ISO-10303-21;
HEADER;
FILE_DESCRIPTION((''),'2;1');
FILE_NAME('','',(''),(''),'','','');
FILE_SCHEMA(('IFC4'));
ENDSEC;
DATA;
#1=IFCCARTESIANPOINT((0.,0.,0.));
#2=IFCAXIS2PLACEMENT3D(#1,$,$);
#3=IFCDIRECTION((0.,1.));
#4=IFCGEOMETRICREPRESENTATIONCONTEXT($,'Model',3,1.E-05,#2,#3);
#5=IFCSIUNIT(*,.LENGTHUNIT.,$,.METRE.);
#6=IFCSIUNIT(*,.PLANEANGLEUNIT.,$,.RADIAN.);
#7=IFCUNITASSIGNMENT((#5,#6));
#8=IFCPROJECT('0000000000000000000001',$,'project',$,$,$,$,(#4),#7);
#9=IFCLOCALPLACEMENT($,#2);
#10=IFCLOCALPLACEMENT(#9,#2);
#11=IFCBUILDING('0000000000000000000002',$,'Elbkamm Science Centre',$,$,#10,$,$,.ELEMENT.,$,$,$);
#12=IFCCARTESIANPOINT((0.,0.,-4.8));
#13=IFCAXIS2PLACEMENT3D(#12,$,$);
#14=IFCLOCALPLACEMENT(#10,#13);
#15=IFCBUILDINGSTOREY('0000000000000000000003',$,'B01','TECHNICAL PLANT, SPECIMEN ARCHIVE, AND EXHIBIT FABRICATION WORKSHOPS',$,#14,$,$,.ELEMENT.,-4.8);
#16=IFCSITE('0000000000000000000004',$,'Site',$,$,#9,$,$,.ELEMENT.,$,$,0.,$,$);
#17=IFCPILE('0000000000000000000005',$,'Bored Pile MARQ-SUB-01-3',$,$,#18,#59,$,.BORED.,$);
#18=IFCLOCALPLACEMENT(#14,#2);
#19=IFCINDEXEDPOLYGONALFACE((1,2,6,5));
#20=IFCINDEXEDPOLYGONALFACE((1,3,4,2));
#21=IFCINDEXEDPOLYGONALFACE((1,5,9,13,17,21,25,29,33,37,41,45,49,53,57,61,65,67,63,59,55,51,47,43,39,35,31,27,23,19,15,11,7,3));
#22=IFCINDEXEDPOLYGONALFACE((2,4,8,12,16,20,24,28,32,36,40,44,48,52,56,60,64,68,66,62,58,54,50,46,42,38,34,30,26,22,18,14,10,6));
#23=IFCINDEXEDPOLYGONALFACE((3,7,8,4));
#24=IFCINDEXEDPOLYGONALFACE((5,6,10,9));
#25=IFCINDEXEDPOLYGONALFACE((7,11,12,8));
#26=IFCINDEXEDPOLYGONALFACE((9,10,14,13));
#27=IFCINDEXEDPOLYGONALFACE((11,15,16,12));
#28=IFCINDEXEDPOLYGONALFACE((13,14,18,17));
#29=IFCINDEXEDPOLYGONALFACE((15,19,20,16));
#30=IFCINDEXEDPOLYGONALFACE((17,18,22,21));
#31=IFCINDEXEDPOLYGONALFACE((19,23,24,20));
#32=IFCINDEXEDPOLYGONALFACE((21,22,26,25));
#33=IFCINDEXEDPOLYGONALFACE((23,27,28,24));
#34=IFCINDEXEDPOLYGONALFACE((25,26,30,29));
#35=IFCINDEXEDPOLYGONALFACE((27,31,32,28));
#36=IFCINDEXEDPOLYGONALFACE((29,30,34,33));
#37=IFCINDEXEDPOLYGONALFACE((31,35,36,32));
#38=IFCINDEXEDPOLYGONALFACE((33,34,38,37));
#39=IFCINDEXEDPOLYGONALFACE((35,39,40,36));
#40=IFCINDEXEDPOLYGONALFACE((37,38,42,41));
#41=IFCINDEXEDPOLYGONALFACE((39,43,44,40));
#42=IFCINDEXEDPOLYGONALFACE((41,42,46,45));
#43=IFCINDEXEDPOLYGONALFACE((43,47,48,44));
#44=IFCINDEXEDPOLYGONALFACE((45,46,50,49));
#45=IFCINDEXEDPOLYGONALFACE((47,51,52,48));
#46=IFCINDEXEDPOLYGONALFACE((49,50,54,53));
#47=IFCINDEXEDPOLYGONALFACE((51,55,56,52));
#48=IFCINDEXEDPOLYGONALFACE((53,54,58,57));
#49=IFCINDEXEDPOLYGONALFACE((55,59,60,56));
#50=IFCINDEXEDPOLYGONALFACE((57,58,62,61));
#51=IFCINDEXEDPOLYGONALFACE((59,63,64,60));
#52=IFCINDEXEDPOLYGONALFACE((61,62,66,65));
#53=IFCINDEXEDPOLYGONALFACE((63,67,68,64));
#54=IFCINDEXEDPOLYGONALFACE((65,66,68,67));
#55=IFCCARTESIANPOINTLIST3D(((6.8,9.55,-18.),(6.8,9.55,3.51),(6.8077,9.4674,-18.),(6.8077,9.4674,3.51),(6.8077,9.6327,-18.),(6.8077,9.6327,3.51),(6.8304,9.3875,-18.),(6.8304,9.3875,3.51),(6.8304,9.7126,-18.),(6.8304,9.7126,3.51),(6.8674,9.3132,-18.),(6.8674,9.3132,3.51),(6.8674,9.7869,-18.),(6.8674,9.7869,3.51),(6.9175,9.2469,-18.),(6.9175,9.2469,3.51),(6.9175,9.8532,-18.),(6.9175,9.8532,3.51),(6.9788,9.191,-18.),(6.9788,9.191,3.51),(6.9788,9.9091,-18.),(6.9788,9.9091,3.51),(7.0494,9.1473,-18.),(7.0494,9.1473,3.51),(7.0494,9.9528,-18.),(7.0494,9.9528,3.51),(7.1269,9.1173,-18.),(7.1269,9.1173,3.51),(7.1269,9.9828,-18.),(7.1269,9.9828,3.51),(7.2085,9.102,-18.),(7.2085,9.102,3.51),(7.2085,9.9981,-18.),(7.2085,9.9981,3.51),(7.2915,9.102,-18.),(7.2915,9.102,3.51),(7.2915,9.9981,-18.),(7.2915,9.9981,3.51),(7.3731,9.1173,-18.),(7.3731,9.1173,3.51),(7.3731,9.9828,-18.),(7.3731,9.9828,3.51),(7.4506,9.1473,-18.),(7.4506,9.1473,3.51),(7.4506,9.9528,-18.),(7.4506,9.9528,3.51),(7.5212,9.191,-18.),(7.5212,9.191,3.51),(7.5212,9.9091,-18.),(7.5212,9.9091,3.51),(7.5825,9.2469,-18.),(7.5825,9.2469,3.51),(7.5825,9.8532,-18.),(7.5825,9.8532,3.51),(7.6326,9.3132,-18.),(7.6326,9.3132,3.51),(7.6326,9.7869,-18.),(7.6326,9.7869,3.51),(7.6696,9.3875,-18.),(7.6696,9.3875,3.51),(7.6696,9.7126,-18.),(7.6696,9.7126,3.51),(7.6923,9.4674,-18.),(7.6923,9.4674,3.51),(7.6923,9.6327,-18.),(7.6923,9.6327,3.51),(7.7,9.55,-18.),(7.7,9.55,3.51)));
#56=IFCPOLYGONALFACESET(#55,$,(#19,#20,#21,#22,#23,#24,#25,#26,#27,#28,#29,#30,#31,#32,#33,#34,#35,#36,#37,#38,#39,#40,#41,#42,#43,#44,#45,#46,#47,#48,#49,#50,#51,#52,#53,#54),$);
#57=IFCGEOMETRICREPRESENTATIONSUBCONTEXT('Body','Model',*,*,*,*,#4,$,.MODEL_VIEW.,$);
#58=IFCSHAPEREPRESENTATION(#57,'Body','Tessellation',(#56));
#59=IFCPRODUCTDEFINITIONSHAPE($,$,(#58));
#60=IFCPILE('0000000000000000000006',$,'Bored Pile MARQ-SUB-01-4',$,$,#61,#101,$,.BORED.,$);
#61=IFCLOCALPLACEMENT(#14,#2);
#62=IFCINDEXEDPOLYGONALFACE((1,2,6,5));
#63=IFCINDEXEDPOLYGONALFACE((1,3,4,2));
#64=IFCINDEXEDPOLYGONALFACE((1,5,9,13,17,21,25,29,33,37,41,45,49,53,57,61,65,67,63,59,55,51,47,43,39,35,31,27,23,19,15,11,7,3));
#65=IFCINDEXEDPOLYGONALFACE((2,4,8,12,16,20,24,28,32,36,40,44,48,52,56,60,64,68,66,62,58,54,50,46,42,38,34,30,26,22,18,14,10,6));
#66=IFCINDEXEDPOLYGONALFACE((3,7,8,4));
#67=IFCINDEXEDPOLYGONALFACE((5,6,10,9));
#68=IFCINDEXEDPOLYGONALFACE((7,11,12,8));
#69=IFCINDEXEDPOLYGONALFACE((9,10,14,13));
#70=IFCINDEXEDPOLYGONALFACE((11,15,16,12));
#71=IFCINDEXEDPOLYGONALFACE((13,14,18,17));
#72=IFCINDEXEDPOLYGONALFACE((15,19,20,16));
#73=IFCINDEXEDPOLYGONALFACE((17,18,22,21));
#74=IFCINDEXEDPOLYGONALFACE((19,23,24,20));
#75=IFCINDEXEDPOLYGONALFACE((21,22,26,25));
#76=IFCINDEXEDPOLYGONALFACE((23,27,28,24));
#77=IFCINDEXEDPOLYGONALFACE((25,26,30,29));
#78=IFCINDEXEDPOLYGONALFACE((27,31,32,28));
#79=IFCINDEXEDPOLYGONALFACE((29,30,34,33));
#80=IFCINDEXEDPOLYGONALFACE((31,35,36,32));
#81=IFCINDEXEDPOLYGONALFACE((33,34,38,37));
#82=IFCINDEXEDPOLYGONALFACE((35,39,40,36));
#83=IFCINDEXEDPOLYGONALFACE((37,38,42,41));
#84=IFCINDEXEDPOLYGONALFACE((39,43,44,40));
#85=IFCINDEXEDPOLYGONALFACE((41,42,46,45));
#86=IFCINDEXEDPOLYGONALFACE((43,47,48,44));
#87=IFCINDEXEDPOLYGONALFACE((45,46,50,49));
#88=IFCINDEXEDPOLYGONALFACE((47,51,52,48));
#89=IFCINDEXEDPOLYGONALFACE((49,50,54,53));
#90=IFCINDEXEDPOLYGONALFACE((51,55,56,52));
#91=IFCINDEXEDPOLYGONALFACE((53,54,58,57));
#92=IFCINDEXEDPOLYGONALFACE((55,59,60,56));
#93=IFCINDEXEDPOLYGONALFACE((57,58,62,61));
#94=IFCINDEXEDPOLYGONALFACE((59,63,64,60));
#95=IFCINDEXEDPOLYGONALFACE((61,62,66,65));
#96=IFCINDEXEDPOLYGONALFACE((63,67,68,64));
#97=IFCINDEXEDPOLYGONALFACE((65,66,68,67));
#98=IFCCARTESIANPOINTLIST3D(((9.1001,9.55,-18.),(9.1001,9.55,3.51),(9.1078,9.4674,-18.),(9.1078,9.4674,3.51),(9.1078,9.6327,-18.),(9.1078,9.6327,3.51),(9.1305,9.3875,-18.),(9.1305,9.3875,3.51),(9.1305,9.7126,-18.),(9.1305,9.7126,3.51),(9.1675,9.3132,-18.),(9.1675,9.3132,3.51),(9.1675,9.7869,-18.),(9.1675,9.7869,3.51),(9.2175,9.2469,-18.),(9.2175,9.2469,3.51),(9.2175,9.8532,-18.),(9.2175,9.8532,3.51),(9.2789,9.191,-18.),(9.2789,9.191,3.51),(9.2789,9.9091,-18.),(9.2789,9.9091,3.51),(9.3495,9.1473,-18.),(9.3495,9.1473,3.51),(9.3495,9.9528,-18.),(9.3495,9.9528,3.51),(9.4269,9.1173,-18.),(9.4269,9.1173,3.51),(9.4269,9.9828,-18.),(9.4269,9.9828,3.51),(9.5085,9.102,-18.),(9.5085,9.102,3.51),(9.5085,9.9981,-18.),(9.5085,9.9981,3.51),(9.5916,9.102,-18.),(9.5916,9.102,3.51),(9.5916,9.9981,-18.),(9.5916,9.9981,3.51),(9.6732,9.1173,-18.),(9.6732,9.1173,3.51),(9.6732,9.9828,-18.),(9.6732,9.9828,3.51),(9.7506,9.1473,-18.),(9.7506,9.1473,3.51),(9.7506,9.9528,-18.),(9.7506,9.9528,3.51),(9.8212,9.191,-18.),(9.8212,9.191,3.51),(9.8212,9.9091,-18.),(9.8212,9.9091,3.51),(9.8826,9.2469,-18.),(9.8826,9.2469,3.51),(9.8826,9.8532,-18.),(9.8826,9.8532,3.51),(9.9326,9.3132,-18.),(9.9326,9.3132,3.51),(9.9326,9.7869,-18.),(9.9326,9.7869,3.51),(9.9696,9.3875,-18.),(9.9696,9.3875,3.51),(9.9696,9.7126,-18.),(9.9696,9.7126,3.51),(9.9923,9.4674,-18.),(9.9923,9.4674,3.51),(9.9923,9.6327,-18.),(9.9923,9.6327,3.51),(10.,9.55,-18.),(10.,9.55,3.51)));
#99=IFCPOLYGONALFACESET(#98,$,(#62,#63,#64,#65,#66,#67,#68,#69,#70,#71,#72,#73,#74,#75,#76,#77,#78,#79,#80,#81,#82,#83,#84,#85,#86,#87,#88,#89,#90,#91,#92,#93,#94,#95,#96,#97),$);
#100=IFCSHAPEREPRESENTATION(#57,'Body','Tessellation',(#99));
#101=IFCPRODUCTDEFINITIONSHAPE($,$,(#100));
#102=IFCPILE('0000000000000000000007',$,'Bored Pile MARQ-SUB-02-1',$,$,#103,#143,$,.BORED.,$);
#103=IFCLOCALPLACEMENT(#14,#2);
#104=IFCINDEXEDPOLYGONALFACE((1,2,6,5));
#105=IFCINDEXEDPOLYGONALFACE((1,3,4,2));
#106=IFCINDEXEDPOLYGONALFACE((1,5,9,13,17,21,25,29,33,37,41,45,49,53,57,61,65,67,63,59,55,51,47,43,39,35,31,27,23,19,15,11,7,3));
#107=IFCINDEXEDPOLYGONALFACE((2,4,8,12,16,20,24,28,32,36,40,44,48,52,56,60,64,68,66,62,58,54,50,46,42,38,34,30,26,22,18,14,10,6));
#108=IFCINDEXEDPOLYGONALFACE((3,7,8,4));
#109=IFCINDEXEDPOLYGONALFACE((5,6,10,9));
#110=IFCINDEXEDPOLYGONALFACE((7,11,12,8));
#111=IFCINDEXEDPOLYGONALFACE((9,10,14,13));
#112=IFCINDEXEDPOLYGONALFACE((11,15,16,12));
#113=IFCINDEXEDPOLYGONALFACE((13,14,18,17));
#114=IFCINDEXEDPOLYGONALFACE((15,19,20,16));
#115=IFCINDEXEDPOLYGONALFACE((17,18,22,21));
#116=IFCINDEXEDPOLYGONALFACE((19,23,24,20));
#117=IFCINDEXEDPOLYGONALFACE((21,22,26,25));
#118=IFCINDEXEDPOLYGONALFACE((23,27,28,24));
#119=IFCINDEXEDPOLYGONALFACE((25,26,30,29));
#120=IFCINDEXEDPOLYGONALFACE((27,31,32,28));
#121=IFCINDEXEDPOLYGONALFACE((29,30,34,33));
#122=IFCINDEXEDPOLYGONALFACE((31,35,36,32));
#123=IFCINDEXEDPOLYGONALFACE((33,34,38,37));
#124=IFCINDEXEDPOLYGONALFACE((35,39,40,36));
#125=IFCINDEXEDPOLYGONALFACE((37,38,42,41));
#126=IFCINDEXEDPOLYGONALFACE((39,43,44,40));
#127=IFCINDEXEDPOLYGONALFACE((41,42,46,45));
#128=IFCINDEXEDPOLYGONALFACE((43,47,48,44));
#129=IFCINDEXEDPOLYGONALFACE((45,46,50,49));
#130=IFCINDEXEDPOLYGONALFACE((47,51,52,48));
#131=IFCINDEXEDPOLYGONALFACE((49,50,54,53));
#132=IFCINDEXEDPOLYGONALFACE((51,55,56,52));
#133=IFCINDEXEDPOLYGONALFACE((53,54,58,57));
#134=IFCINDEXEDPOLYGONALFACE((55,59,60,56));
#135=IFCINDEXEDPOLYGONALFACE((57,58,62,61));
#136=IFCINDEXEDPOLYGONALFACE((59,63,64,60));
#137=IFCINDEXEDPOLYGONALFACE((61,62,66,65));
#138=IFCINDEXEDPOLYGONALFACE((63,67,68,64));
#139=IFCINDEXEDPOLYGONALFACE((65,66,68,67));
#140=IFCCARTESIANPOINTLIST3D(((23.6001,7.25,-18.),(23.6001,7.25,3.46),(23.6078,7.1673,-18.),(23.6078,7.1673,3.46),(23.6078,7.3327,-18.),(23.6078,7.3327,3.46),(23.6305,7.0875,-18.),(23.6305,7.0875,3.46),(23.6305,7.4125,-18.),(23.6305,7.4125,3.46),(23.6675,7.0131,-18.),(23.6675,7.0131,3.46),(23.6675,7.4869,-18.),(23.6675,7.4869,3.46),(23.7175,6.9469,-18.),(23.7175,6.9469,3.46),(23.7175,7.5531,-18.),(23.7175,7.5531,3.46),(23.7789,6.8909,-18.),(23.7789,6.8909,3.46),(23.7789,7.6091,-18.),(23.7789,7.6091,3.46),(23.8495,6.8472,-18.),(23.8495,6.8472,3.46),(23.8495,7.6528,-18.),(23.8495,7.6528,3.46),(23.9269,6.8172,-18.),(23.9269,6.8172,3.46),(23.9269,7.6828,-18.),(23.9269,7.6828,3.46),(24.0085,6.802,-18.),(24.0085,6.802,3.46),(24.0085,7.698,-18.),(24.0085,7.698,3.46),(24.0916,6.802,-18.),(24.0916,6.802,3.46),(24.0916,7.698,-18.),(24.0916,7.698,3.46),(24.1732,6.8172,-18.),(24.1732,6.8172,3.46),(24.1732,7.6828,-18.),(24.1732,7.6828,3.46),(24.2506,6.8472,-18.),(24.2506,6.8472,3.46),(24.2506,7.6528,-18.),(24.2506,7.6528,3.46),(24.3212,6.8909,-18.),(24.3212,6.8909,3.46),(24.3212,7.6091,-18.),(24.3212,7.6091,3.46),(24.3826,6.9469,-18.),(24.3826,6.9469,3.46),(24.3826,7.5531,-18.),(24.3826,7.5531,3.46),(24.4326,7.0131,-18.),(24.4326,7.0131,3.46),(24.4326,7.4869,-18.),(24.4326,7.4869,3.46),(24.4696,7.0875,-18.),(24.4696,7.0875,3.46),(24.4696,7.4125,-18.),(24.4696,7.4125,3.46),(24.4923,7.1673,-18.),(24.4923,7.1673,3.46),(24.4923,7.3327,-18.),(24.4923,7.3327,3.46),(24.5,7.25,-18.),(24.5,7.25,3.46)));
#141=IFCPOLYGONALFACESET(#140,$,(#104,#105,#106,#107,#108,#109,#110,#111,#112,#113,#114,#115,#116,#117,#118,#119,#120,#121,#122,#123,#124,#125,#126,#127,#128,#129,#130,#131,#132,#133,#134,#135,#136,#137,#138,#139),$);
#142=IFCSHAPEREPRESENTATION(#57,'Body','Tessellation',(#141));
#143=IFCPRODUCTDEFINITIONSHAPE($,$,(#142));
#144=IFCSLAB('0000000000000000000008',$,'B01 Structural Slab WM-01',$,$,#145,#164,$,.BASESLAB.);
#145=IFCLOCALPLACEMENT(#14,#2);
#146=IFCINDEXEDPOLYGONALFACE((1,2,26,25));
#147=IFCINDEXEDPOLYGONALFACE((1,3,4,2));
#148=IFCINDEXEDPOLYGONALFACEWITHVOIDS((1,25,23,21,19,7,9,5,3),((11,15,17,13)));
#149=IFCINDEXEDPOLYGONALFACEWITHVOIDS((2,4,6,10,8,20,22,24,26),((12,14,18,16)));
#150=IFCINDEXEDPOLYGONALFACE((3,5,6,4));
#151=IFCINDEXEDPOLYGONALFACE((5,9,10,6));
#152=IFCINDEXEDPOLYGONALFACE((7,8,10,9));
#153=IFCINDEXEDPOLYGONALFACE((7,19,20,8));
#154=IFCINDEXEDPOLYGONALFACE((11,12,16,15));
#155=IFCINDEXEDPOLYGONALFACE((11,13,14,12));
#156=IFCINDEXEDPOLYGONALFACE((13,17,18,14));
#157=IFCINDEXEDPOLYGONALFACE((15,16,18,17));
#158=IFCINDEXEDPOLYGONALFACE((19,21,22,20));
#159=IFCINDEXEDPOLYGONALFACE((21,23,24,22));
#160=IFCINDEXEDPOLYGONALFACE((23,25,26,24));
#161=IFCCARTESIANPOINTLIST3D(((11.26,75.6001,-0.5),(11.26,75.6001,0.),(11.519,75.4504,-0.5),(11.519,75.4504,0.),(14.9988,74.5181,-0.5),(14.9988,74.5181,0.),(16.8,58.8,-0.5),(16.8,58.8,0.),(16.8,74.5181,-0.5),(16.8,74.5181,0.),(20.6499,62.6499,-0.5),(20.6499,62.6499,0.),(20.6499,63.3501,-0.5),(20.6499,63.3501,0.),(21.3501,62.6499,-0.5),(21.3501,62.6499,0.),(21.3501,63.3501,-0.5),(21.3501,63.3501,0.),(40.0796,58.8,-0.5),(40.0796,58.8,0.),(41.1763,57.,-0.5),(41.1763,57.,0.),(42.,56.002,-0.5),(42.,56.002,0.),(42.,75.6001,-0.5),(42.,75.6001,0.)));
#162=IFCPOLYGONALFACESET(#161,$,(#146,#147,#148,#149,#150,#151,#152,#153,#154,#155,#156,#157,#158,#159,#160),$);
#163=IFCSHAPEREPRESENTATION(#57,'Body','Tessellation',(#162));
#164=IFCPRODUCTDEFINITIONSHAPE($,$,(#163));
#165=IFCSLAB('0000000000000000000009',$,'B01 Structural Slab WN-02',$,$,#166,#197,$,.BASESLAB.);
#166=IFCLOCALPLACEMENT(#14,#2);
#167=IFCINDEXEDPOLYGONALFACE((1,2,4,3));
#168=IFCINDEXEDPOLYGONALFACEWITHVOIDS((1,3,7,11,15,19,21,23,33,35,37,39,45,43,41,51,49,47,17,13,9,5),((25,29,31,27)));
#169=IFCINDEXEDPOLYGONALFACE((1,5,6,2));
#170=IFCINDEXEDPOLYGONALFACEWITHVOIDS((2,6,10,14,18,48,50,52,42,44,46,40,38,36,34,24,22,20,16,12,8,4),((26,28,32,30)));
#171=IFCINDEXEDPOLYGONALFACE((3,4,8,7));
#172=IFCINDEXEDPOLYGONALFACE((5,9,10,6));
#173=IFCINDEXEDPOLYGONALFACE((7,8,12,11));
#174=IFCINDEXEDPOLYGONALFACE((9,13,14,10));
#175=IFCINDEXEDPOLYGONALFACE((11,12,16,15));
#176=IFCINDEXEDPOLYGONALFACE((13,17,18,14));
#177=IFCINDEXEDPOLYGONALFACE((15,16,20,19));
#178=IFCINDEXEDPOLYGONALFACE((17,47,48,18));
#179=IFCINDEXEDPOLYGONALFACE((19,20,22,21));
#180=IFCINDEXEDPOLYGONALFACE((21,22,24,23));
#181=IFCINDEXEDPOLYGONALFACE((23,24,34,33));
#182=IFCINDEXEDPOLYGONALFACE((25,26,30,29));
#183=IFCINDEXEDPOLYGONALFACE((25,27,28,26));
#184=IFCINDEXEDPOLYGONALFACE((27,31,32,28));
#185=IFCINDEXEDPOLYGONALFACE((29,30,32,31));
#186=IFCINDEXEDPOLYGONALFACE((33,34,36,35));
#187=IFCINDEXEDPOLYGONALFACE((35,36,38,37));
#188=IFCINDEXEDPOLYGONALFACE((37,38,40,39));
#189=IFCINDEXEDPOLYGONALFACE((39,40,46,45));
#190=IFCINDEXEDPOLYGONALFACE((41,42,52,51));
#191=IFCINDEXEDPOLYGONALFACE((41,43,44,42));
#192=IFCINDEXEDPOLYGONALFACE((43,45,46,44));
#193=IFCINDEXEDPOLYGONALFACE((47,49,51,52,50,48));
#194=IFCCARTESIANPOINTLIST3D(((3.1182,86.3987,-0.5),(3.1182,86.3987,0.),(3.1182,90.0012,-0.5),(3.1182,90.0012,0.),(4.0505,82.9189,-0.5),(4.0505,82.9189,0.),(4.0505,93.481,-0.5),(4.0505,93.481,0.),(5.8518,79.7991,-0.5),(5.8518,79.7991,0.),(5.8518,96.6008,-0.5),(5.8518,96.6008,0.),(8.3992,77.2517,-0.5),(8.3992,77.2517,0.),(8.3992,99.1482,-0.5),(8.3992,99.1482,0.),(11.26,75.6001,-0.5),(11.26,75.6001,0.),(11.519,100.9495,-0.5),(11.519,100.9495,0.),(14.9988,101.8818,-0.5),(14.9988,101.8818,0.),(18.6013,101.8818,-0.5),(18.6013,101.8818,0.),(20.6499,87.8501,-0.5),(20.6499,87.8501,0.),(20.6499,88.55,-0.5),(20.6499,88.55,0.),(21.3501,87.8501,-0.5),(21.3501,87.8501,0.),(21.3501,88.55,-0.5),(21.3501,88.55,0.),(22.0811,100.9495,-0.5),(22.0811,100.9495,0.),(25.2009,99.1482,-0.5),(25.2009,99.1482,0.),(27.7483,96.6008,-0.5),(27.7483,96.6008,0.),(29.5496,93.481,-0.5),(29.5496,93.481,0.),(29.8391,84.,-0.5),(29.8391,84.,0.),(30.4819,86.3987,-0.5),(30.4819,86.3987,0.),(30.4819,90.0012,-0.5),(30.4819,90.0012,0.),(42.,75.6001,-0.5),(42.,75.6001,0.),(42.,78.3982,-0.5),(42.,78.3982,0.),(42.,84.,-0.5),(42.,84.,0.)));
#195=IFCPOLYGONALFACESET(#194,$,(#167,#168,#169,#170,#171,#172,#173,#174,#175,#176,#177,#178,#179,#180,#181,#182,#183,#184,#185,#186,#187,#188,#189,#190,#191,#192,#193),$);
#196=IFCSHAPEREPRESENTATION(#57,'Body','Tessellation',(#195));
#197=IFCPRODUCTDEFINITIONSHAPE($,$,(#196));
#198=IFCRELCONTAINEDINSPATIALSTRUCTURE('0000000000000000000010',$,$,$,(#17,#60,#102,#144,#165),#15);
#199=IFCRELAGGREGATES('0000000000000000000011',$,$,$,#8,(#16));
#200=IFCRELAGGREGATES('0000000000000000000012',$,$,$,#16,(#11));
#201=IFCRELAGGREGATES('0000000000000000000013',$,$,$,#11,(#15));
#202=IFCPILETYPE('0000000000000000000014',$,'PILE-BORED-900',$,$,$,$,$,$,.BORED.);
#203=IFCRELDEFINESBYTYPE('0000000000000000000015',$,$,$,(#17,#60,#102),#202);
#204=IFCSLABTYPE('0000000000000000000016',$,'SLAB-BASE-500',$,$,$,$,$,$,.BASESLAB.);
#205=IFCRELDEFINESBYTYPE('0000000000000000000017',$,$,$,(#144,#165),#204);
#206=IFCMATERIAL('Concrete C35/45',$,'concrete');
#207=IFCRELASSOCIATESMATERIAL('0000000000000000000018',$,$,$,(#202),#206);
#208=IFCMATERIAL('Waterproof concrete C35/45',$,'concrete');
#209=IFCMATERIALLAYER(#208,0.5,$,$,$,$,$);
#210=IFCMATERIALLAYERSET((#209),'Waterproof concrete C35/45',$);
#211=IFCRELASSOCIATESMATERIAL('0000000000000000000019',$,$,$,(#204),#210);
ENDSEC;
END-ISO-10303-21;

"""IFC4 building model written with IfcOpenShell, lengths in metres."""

from ifc_helpers import new_model, si_unit, direction, frame, origin, origin_2d, place, context, subcontext, project, spatial, polyline, circle, outline, extrude, material, layer, layer_set, material_profile, profile_set, type_object, element, save


model = new_model("IFC4")

# Units and contexts
model_context = context("Model", 3, precision=1e-05, world=origin(), true_north=direction((0.0, 1.0)))
body_context = subcontext(model_context, "Body", "Model", "MODEL_VIEW")
ifc_project = project(units=[si_unit("LENGTHUNIT", "METRE"), si_unit("PLANEANGLEUNIT", "RADIAN")], contexts=[model_context])

# Site, building, storey
site_placement = place(None, origin())
site = spatial("IfcSite", under=ifc_project, at=site_placement, Name="Site", CompositionType="ELEMENT", RefElevation=0.0)
building_placement = place(site_placement, origin())
building = spatial("IfcBuilding", under=site, at=building_placement, Name="Elbkamm Science Centre", CompositionType="ELEMENT")
storey_placement = place(building_placement, frame((0.0, 0.0, -4.8)))
storey = spatial("IfcBuildingStorey", under=building, at=storey_placement, Name="B01", Description="TECHNICAL PLANT, SPECIMEN ARCHIVE, AND EXHIBIT FABRICATION WORKSHOPS", CompositionType="ELEMENT", Elevation=-4.8)

# Shared definitions
ifc_material_1 = material(Name="Concrete C35/45", Category="concrete")

# Piles
ifc_material_profile = material_profile(ifc_material_1, circle(Radius=0.45, at=origin_2d()), Name="PILE D900")
ifc_profile_set = profile_set([ifc_material_profile], Name="Concrete C35/45")
pile_type = type_object("IfcPileType", Name="PILE-BORED-900", PredefinedType="BORED", material=ifc_profile_set)
for number, where, z_axis, x_axis, name in (
    (1, (7.25, 9.55, 3.51), (0.0, 0.0, -1.0), (1.0, 0.0, 0.0), "Bored Pile MARQ-SUB-01-3"),
    (2, (9.55, 9.55, 3.51), (0.0, 0.0, -1.0), (1.0, 0.0, 0.0), "Bored Pile MARQ-SUB-01-4"),
):
    element("IfcPile", number, at=place(storey_placement, frame(where, z_axis=z_axis, x_axis=x_axis)), inside=storey, type_object=pile_type, Name=name, PredefinedType="BORED", context=body_context, shape_type="SweptSolid", body=[
        extrude(circle(Radius=0.45, at=origin_2d()), origin(), (0.0, 0.0, 1.0), 21.51),
    ])
pile_placement = place(storey_placement, frame((24.05, 7.25, 3.46), z_axis=(0.0, 0.0, -1.0), x_axis=(1.0, 0.0, 0.0)))
element("IfcPile", 3, at=pile_placement, inside=storey, type_object=pile_type, Name="Bored Pile MARQ-SUB-02-1", PredefinedType="BORED", context=body_context, shape_type="SweptSolid", body=[
    extrude(circle(Radius=0.45, at=origin_2d()), origin(), (0.0, 0.0, 1.0), 21.46),
])

# Slabs
ifc_material_2 = material(Name="Waterproof concrete C35/45", Category="concrete")
ifc_layer_1 = layer(ifc_material_2, 0.5)
ifc_layer_set_1 = layer_set([ifc_layer_1], Name="Waterproof concrete C35/45")
slab_type_1 = type_object("IfcSlabType", Name="SLAB-BASE-500", PredefinedType="BASESLAB", material=ifc_layer_set_1)
slab_1_placement = place(storey_placement, frame((0.0, 0.0, -0.5)))
element("IfcSlab", 4, at=slab_1_placement, inside=storey, type_object=slab_type_1, Name="B01 Structural Slab WM-01", PredefinedType="BASESLAB", context=body_context, shape_type="SweptSolid", body=[
    extrude(outline(polyline([(40.0796, 58.8), (16.8, 58.8), (16.8, 74.5181), (14.9988, 74.5181), (11.519, 75.4504), (11.26, 75.6001), (42.0, 75.6001), (42.0, 56.002), (41.1763, 57.0), (40.0796, 58.8)]), holes=[polyline([(21.3501, 63.3501), (20.6499, 63.3501), (20.6499, 62.6499), (21.3501, 62.6499), (21.3501, 63.3501)])]), origin(), (0.0, 0.0, 1.0), 0.5),
])
slab_2_placement = place(storey_placement, frame((0.0, 0.0, -0.5)))
element("IfcSlab", 5, at=slab_2_placement, inside=storey, type_object=slab_type_1, Name="B01 Structural Slab WN-02", PredefinedType="BASESLAB", context=body_context, shape_type="SweptSolid", body=[
    extrude(outline(polyline([(5.8518, 79.7991), (4.0505, 82.9189), (3.1182, 86.3987), (3.1182, 90.0012), (4.0505, 93.481), (5.8518, 96.6008), (8.3992, 99.1482), (11.519, 100.9495), (14.9988, 101.8818), (18.6013, 101.8818), (22.0811, 100.9495), (25.2009, 99.1482), (27.7483, 96.6008), (29.5496, 93.481), (30.4819, 90.0012), (30.4819, 86.3987), (29.8391, 84.0), (42.0, 84.0), (42.0, 78.3982), (42.0, 75.6001), (11.26, 75.6001), (8.3992, 77.2517), (5.8518, 79.7991)]), holes=[polyline([(21.3501, 88.55), (20.6499, 88.55), (20.6499, 87.8501), (21.3501, 87.8501), (21.3501, 88.55)])]), origin(), (0.0, 0.0, 1.0), 0.5),
])

save(model, "model.ifc")
